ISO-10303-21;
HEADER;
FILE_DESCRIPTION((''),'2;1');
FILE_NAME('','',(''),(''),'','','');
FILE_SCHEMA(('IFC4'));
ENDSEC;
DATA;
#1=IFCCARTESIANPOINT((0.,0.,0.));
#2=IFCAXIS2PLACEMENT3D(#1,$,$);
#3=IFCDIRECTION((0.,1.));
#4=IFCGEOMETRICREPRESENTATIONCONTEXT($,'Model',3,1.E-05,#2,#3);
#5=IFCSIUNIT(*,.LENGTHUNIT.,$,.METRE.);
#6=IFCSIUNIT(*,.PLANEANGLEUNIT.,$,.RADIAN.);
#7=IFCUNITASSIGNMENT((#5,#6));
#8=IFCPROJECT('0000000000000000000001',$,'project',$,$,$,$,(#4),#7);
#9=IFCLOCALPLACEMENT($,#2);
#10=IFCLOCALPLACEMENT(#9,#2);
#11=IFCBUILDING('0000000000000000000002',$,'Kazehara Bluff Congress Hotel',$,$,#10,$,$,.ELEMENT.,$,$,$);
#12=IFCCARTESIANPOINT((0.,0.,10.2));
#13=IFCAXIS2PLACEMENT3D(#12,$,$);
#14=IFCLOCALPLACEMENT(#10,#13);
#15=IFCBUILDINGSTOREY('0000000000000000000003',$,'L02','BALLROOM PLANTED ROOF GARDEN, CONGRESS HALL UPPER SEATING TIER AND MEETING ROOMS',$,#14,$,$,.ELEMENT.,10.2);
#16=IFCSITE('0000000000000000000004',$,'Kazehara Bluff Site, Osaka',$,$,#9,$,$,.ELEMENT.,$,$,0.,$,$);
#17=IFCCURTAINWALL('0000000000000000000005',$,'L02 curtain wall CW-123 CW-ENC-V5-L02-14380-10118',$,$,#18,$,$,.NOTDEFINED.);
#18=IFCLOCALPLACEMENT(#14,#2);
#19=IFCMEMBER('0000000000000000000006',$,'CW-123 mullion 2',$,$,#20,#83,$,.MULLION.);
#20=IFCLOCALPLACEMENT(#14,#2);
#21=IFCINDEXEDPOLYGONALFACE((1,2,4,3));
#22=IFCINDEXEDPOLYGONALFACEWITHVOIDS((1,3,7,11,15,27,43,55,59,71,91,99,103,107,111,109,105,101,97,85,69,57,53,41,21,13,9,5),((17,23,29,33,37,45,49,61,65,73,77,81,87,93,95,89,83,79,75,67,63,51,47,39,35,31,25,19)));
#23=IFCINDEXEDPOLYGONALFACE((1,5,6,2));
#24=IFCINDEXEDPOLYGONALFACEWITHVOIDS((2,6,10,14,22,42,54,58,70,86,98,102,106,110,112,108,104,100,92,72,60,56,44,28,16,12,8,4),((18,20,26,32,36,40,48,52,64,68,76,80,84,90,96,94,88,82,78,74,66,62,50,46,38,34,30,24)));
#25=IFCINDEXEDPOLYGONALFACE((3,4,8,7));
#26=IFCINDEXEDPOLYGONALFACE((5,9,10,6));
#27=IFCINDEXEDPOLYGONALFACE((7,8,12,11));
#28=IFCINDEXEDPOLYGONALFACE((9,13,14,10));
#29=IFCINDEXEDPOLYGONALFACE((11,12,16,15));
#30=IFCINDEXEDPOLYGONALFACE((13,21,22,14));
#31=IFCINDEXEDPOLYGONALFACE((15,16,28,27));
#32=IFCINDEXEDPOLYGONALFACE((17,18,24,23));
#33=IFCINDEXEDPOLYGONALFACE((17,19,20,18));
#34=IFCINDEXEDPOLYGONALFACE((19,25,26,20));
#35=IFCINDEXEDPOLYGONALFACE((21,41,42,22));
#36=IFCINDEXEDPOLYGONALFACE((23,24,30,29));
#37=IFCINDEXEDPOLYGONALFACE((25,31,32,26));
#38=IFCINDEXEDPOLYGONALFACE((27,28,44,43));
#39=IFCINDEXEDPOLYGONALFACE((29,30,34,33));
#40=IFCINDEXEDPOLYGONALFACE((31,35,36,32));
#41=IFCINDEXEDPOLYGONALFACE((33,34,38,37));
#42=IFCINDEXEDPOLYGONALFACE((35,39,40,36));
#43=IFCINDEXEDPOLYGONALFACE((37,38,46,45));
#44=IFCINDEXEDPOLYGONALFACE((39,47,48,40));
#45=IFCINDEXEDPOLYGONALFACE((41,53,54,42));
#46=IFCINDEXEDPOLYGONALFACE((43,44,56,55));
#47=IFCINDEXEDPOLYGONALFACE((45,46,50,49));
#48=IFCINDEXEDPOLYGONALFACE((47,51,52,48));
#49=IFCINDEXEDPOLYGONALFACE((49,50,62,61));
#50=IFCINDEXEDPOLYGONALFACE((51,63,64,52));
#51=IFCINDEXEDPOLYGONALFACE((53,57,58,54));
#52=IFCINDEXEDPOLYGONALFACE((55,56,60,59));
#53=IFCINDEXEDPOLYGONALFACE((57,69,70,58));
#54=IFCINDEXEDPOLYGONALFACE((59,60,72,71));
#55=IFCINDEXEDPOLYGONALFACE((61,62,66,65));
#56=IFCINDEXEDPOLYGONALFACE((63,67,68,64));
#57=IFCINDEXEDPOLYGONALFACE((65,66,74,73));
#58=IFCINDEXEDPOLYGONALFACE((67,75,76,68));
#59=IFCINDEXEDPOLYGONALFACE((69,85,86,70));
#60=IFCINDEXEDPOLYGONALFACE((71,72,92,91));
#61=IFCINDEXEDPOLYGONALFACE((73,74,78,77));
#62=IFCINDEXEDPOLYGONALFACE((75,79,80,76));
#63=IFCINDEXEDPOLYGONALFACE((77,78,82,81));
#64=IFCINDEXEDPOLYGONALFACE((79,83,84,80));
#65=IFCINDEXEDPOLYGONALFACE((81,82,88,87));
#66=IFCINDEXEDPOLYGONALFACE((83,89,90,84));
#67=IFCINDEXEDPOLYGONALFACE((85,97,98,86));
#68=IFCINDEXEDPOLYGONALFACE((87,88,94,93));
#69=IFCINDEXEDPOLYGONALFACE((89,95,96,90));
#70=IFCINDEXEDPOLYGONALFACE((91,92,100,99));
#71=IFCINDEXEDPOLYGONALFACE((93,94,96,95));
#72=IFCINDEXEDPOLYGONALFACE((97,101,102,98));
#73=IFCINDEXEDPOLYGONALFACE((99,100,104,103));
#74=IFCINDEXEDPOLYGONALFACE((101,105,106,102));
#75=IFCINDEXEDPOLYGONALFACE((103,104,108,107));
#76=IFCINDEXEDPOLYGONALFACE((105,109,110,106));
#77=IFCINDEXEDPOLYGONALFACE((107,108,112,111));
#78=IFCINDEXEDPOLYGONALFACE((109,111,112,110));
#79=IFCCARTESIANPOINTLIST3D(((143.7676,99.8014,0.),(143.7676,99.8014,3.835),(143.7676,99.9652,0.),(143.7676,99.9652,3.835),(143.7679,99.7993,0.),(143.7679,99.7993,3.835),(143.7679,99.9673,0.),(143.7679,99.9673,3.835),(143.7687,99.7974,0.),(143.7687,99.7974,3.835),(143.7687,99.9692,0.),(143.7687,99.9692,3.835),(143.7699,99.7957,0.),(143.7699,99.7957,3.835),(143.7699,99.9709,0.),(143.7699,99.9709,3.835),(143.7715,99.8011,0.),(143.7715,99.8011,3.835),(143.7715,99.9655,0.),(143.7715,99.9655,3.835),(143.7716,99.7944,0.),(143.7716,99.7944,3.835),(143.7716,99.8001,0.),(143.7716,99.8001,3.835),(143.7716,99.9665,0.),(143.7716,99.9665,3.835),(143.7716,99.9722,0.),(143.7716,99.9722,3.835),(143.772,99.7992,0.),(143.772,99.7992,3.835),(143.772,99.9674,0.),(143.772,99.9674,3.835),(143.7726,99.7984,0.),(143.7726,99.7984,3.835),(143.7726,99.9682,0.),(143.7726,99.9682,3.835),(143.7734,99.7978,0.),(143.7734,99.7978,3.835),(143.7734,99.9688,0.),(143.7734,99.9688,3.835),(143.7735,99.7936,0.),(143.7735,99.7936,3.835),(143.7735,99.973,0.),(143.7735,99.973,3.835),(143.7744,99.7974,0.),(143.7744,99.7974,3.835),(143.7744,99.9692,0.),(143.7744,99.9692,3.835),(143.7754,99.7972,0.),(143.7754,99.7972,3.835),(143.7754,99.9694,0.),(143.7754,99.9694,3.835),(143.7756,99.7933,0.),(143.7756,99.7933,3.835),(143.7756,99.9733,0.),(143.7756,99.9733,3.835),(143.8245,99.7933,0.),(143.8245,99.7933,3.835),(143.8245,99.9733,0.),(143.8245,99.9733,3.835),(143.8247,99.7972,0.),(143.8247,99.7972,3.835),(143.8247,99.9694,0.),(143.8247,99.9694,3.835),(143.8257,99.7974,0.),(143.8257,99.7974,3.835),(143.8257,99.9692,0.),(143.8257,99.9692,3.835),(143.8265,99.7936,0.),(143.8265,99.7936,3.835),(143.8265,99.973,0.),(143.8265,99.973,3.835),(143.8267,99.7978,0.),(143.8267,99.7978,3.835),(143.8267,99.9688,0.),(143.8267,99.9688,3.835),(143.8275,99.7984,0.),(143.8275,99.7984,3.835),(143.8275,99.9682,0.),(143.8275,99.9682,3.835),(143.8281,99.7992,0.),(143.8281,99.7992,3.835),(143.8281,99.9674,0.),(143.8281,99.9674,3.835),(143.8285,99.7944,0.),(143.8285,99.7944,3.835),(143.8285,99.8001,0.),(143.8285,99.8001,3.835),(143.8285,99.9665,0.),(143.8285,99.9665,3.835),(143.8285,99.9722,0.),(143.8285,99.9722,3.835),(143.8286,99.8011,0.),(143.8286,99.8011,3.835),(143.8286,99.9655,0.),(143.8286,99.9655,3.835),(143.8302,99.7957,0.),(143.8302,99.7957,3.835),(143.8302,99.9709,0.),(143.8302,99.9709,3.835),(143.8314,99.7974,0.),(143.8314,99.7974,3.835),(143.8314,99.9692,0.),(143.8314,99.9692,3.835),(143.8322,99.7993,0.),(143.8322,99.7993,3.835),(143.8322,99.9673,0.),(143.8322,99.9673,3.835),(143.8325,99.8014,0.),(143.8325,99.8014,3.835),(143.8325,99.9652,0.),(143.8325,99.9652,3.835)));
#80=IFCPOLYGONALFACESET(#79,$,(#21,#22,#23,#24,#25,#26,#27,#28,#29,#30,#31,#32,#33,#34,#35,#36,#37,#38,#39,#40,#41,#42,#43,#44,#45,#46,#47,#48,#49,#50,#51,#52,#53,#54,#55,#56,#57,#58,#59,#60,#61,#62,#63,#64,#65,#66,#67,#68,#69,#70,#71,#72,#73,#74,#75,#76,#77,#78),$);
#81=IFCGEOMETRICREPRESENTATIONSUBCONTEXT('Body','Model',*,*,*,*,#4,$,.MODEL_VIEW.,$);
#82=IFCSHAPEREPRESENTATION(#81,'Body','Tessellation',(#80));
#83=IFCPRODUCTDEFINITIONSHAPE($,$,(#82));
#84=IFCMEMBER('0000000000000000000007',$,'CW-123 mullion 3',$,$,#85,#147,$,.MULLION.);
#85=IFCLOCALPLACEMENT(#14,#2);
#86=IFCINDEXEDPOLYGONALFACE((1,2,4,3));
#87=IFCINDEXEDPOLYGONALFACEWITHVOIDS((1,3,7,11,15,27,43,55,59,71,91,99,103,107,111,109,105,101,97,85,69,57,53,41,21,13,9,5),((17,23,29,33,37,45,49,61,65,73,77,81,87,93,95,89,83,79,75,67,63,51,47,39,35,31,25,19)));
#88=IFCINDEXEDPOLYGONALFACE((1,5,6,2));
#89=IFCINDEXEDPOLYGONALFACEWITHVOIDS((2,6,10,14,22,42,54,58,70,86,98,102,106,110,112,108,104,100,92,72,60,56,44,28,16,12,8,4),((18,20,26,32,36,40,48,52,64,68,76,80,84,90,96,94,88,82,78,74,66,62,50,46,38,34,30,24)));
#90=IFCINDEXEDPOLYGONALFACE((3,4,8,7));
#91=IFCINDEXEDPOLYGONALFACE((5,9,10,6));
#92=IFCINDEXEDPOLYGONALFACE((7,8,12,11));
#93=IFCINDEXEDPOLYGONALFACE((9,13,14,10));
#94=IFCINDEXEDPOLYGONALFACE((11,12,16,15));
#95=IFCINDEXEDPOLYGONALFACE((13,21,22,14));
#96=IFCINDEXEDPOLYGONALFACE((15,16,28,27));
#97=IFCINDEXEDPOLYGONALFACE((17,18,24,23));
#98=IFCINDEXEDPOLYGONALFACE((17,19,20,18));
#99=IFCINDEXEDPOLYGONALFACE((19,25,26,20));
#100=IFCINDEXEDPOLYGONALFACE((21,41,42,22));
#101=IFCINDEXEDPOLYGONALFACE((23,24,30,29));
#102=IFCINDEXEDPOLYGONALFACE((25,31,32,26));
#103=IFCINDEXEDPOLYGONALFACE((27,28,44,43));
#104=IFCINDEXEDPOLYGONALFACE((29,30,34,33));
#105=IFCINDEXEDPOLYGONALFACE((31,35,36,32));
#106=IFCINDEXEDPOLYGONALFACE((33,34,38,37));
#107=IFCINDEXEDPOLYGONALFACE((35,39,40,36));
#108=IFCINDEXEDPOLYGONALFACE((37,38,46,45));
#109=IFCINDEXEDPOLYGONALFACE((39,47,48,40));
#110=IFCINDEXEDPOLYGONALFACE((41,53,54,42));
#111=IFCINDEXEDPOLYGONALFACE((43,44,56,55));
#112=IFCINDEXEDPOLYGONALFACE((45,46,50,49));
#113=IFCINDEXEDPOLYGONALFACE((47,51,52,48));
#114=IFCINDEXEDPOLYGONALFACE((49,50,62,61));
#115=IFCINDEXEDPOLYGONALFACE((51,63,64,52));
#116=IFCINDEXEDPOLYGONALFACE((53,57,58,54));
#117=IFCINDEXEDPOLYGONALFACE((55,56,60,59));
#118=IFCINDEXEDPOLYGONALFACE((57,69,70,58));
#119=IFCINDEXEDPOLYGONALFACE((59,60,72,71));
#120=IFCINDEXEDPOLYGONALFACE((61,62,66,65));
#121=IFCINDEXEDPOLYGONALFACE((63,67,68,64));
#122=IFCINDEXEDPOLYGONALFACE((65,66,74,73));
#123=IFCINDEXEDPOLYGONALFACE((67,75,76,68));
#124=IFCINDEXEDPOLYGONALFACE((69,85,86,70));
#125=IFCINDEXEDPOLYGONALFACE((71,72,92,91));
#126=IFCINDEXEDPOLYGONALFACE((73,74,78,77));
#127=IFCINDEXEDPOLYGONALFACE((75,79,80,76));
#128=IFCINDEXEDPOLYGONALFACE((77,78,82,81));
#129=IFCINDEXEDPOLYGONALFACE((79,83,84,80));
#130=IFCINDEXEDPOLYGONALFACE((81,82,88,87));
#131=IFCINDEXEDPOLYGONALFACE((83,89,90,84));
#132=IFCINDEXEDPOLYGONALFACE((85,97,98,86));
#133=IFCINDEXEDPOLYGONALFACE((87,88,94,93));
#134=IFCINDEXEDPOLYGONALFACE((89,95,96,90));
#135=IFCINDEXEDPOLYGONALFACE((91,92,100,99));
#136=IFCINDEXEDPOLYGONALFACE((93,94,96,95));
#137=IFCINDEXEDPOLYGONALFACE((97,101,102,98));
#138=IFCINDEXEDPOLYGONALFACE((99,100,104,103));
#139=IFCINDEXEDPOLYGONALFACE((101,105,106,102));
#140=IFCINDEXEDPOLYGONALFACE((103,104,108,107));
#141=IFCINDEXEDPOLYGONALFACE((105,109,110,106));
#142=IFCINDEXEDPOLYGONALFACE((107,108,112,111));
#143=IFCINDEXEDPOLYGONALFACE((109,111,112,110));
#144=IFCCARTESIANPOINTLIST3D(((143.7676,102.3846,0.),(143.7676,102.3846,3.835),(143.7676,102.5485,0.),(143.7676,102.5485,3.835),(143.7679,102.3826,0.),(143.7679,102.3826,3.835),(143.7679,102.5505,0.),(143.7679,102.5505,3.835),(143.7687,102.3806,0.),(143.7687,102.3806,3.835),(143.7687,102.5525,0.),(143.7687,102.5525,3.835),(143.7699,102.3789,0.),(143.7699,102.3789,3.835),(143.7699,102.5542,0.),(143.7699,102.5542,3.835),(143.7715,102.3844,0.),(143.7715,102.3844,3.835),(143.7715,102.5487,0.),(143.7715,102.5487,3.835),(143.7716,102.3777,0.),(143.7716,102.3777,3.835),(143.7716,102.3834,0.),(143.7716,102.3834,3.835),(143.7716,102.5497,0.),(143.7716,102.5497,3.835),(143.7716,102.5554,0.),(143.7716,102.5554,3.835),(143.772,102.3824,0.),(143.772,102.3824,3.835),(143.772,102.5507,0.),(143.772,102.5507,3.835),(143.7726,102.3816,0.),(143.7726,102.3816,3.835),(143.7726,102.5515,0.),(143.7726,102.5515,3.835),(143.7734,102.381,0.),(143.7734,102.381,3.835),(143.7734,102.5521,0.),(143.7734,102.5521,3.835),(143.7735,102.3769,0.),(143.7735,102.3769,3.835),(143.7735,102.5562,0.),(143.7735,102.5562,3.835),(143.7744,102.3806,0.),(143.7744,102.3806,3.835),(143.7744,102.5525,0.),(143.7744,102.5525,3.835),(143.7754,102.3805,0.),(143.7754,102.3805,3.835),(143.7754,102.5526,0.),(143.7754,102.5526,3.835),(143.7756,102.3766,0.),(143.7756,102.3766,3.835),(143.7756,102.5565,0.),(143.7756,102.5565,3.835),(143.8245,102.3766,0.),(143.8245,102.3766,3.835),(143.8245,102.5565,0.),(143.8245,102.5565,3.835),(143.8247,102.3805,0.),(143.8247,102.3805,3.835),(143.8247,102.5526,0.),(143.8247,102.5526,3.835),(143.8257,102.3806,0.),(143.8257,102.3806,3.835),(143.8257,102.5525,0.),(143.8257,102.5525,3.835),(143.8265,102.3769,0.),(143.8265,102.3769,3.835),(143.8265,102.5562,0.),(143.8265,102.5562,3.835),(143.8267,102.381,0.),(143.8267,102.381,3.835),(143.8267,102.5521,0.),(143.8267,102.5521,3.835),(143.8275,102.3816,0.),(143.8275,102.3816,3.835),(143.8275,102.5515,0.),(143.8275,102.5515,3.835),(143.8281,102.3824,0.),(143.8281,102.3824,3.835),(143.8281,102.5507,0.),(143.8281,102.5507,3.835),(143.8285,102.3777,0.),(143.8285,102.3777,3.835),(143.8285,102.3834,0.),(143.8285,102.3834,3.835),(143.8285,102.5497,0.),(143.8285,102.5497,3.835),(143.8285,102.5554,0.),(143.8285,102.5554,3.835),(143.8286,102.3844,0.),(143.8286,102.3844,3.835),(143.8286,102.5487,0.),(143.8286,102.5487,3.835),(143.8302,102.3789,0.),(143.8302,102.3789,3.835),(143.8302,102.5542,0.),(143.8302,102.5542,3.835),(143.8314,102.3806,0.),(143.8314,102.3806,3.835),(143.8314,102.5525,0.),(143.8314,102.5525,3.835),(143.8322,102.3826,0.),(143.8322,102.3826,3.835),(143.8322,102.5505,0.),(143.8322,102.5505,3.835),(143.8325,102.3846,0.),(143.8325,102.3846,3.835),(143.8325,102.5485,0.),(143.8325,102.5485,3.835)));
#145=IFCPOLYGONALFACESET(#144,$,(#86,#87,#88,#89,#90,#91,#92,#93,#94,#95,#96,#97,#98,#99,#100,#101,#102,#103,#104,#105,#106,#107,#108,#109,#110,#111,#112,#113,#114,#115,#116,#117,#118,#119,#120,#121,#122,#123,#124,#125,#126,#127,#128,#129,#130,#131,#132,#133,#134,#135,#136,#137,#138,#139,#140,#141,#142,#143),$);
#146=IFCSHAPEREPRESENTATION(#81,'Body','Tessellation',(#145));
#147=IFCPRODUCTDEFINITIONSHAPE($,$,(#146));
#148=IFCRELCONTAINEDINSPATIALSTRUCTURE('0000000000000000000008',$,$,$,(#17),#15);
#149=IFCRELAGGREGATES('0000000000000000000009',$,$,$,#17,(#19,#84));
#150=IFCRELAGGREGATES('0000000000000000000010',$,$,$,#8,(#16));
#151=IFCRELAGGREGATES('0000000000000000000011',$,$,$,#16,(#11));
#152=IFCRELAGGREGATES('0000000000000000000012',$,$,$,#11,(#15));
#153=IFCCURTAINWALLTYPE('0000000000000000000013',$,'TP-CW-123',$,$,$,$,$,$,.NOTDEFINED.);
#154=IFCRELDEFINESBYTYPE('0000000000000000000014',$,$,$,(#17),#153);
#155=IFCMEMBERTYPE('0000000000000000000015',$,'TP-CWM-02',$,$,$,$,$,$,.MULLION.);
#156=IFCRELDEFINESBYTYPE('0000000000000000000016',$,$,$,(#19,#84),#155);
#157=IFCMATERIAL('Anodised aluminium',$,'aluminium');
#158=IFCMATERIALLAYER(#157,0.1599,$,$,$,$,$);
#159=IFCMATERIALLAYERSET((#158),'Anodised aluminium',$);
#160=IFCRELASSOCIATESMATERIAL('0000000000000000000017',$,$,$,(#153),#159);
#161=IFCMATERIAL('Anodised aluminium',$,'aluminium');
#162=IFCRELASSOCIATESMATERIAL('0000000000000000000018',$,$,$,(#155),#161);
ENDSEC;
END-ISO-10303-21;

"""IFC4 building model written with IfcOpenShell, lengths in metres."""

from ifc_helpers import new_model, si_unit, direction, frame, origin, origin_2d, place, context, subcontext, project, spatial, hollow_rectangle, extrude, material, layer, layer_set, material_profile, profile_set, type_object, element, aggregate, save


model = new_model("IFC4")

# Units and contexts
model_context = context("Model", 3, precision=1e-05, world=origin(), true_north=direction((0.0, 1.0)))
body_context = subcontext(model_context, "Body", "Model", "MODEL_VIEW")
ifc_project = project(units=[si_unit("LENGTHUNIT", "METRE"), si_unit("PLANEANGLEUNIT", "RADIAN")], contexts=[model_context])

# Site, building, storey
site_placement = place(None, origin())
site = spatial("IfcSite", under=ifc_project, at=site_placement, Name="Kazehara Bluff Site, Osaka", CompositionType="ELEMENT", RefElevation=0.0)
building_placement = place(site_placement, origin())
building = spatial("IfcBuilding", under=site, at=building_placement, Name="Kazehara Bluff Congress Hotel", CompositionType="ELEMENT")
storey_placement = place(building_placement, frame((0.0, 0.0, 10.2)))
storey = spatial("IfcBuildingStorey", under=building, at=storey_placement, Name="L02", Description="BALLROOM PLANTED ROOF GARDEN, CONGRESS HALL UPPER SEATING TIER AND MEETING ROOMS", CompositionType="ELEMENT", Elevation=10.2)

# Curtain wall, members
ifc_material_1 = material(Name="Anodised aluminium", Category="aluminium")
ifc_layer_1 = layer(ifc_material_1, 0.1599)
ifc_layer_set_1 = layer_set([ifc_layer_1], Name="Anodised aluminium")
curtain_wall_type_1 = type_object("IfcCurtainWallType", Name="TP-CW-123", PredefinedType="NOTDEFINED", material=ifc_layer_set_1)
curtain_wall_1_placement = place(storey_placement, origin())
curtain_wall_1 = element("IfcCurtainWall", 1, at=curtain_wall_1_placement, inside=storey, type_object=curtain_wall_type_1, Name="L02 curtain wall CW-123 CW-ENC-V5-L02-14380-10118", PredefinedType="NOTDEFINED")
ifc_material_2 = material(Name="Anodised aluminium", Category="aluminium")
ifc_material_profile_1 = material_profile(ifc_material_2, hollow_rectangle(XDim=0.0649, YDim=0.1799, WallThickness=0.0039, InnerFilletRadius=0.0039, OuterFilletRadius=0.0081, at=origin_2d()))
ifc_profile_set_1 = profile_set([ifc_material_profile_1], Name="Anodised aluminium")
member_type_1 = type_object("IfcMemberType", Name="TP-CWM-02", PredefinedType="MULLION", material=ifc_profile_set_1)
member_1_placement = place(storey_placement, frame((143.8, 99.8833, 0.0), z_axis=(0.0, 0.0, 1.0), x_axis=(-1.0, 0.0, 0.0)))
member_1 = element("IfcMember", 2, at=member_1_placement, type_object=member_type_1, Name="CW-123 mullion 2", PredefinedType="MULLION", context=body_context, shape_type="SweptSolid", body=[
    extrude(hollow_rectangle(XDim=0.0649, YDim=0.1799, WallThickness=0.0039, InnerFilletRadius=0.0039, OuterFilletRadius=0.0081, at=origin_2d()), origin(), (0.0, 0.0, 1.0), 3.835),
])
member_2_placement = place(storey_placement, frame((143.8, 102.4666, 0.0), z_axis=(0.0, 0.0, 1.0), x_axis=(-1.0, 0.0, 0.0)))
member_2 = element("IfcMember", 3, at=member_2_placement, type_object=member_type_1, Name="CW-123 mullion 3", PredefinedType="MULLION", context=body_context, shape_type="SweptSolid", body=[
    extrude(hollow_rectangle(XDim=0.0649, YDim=0.1799, WallThickness=0.0039, InnerFilletRadius=0.0039, OuterFilletRadius=0.0081, at=origin_2d()), origin(), (0.0, 0.0, 1.0), 3.835),
])

aggregate(curtain_wall_1, [member_1, member_2])

save(model, "model.ifc")
